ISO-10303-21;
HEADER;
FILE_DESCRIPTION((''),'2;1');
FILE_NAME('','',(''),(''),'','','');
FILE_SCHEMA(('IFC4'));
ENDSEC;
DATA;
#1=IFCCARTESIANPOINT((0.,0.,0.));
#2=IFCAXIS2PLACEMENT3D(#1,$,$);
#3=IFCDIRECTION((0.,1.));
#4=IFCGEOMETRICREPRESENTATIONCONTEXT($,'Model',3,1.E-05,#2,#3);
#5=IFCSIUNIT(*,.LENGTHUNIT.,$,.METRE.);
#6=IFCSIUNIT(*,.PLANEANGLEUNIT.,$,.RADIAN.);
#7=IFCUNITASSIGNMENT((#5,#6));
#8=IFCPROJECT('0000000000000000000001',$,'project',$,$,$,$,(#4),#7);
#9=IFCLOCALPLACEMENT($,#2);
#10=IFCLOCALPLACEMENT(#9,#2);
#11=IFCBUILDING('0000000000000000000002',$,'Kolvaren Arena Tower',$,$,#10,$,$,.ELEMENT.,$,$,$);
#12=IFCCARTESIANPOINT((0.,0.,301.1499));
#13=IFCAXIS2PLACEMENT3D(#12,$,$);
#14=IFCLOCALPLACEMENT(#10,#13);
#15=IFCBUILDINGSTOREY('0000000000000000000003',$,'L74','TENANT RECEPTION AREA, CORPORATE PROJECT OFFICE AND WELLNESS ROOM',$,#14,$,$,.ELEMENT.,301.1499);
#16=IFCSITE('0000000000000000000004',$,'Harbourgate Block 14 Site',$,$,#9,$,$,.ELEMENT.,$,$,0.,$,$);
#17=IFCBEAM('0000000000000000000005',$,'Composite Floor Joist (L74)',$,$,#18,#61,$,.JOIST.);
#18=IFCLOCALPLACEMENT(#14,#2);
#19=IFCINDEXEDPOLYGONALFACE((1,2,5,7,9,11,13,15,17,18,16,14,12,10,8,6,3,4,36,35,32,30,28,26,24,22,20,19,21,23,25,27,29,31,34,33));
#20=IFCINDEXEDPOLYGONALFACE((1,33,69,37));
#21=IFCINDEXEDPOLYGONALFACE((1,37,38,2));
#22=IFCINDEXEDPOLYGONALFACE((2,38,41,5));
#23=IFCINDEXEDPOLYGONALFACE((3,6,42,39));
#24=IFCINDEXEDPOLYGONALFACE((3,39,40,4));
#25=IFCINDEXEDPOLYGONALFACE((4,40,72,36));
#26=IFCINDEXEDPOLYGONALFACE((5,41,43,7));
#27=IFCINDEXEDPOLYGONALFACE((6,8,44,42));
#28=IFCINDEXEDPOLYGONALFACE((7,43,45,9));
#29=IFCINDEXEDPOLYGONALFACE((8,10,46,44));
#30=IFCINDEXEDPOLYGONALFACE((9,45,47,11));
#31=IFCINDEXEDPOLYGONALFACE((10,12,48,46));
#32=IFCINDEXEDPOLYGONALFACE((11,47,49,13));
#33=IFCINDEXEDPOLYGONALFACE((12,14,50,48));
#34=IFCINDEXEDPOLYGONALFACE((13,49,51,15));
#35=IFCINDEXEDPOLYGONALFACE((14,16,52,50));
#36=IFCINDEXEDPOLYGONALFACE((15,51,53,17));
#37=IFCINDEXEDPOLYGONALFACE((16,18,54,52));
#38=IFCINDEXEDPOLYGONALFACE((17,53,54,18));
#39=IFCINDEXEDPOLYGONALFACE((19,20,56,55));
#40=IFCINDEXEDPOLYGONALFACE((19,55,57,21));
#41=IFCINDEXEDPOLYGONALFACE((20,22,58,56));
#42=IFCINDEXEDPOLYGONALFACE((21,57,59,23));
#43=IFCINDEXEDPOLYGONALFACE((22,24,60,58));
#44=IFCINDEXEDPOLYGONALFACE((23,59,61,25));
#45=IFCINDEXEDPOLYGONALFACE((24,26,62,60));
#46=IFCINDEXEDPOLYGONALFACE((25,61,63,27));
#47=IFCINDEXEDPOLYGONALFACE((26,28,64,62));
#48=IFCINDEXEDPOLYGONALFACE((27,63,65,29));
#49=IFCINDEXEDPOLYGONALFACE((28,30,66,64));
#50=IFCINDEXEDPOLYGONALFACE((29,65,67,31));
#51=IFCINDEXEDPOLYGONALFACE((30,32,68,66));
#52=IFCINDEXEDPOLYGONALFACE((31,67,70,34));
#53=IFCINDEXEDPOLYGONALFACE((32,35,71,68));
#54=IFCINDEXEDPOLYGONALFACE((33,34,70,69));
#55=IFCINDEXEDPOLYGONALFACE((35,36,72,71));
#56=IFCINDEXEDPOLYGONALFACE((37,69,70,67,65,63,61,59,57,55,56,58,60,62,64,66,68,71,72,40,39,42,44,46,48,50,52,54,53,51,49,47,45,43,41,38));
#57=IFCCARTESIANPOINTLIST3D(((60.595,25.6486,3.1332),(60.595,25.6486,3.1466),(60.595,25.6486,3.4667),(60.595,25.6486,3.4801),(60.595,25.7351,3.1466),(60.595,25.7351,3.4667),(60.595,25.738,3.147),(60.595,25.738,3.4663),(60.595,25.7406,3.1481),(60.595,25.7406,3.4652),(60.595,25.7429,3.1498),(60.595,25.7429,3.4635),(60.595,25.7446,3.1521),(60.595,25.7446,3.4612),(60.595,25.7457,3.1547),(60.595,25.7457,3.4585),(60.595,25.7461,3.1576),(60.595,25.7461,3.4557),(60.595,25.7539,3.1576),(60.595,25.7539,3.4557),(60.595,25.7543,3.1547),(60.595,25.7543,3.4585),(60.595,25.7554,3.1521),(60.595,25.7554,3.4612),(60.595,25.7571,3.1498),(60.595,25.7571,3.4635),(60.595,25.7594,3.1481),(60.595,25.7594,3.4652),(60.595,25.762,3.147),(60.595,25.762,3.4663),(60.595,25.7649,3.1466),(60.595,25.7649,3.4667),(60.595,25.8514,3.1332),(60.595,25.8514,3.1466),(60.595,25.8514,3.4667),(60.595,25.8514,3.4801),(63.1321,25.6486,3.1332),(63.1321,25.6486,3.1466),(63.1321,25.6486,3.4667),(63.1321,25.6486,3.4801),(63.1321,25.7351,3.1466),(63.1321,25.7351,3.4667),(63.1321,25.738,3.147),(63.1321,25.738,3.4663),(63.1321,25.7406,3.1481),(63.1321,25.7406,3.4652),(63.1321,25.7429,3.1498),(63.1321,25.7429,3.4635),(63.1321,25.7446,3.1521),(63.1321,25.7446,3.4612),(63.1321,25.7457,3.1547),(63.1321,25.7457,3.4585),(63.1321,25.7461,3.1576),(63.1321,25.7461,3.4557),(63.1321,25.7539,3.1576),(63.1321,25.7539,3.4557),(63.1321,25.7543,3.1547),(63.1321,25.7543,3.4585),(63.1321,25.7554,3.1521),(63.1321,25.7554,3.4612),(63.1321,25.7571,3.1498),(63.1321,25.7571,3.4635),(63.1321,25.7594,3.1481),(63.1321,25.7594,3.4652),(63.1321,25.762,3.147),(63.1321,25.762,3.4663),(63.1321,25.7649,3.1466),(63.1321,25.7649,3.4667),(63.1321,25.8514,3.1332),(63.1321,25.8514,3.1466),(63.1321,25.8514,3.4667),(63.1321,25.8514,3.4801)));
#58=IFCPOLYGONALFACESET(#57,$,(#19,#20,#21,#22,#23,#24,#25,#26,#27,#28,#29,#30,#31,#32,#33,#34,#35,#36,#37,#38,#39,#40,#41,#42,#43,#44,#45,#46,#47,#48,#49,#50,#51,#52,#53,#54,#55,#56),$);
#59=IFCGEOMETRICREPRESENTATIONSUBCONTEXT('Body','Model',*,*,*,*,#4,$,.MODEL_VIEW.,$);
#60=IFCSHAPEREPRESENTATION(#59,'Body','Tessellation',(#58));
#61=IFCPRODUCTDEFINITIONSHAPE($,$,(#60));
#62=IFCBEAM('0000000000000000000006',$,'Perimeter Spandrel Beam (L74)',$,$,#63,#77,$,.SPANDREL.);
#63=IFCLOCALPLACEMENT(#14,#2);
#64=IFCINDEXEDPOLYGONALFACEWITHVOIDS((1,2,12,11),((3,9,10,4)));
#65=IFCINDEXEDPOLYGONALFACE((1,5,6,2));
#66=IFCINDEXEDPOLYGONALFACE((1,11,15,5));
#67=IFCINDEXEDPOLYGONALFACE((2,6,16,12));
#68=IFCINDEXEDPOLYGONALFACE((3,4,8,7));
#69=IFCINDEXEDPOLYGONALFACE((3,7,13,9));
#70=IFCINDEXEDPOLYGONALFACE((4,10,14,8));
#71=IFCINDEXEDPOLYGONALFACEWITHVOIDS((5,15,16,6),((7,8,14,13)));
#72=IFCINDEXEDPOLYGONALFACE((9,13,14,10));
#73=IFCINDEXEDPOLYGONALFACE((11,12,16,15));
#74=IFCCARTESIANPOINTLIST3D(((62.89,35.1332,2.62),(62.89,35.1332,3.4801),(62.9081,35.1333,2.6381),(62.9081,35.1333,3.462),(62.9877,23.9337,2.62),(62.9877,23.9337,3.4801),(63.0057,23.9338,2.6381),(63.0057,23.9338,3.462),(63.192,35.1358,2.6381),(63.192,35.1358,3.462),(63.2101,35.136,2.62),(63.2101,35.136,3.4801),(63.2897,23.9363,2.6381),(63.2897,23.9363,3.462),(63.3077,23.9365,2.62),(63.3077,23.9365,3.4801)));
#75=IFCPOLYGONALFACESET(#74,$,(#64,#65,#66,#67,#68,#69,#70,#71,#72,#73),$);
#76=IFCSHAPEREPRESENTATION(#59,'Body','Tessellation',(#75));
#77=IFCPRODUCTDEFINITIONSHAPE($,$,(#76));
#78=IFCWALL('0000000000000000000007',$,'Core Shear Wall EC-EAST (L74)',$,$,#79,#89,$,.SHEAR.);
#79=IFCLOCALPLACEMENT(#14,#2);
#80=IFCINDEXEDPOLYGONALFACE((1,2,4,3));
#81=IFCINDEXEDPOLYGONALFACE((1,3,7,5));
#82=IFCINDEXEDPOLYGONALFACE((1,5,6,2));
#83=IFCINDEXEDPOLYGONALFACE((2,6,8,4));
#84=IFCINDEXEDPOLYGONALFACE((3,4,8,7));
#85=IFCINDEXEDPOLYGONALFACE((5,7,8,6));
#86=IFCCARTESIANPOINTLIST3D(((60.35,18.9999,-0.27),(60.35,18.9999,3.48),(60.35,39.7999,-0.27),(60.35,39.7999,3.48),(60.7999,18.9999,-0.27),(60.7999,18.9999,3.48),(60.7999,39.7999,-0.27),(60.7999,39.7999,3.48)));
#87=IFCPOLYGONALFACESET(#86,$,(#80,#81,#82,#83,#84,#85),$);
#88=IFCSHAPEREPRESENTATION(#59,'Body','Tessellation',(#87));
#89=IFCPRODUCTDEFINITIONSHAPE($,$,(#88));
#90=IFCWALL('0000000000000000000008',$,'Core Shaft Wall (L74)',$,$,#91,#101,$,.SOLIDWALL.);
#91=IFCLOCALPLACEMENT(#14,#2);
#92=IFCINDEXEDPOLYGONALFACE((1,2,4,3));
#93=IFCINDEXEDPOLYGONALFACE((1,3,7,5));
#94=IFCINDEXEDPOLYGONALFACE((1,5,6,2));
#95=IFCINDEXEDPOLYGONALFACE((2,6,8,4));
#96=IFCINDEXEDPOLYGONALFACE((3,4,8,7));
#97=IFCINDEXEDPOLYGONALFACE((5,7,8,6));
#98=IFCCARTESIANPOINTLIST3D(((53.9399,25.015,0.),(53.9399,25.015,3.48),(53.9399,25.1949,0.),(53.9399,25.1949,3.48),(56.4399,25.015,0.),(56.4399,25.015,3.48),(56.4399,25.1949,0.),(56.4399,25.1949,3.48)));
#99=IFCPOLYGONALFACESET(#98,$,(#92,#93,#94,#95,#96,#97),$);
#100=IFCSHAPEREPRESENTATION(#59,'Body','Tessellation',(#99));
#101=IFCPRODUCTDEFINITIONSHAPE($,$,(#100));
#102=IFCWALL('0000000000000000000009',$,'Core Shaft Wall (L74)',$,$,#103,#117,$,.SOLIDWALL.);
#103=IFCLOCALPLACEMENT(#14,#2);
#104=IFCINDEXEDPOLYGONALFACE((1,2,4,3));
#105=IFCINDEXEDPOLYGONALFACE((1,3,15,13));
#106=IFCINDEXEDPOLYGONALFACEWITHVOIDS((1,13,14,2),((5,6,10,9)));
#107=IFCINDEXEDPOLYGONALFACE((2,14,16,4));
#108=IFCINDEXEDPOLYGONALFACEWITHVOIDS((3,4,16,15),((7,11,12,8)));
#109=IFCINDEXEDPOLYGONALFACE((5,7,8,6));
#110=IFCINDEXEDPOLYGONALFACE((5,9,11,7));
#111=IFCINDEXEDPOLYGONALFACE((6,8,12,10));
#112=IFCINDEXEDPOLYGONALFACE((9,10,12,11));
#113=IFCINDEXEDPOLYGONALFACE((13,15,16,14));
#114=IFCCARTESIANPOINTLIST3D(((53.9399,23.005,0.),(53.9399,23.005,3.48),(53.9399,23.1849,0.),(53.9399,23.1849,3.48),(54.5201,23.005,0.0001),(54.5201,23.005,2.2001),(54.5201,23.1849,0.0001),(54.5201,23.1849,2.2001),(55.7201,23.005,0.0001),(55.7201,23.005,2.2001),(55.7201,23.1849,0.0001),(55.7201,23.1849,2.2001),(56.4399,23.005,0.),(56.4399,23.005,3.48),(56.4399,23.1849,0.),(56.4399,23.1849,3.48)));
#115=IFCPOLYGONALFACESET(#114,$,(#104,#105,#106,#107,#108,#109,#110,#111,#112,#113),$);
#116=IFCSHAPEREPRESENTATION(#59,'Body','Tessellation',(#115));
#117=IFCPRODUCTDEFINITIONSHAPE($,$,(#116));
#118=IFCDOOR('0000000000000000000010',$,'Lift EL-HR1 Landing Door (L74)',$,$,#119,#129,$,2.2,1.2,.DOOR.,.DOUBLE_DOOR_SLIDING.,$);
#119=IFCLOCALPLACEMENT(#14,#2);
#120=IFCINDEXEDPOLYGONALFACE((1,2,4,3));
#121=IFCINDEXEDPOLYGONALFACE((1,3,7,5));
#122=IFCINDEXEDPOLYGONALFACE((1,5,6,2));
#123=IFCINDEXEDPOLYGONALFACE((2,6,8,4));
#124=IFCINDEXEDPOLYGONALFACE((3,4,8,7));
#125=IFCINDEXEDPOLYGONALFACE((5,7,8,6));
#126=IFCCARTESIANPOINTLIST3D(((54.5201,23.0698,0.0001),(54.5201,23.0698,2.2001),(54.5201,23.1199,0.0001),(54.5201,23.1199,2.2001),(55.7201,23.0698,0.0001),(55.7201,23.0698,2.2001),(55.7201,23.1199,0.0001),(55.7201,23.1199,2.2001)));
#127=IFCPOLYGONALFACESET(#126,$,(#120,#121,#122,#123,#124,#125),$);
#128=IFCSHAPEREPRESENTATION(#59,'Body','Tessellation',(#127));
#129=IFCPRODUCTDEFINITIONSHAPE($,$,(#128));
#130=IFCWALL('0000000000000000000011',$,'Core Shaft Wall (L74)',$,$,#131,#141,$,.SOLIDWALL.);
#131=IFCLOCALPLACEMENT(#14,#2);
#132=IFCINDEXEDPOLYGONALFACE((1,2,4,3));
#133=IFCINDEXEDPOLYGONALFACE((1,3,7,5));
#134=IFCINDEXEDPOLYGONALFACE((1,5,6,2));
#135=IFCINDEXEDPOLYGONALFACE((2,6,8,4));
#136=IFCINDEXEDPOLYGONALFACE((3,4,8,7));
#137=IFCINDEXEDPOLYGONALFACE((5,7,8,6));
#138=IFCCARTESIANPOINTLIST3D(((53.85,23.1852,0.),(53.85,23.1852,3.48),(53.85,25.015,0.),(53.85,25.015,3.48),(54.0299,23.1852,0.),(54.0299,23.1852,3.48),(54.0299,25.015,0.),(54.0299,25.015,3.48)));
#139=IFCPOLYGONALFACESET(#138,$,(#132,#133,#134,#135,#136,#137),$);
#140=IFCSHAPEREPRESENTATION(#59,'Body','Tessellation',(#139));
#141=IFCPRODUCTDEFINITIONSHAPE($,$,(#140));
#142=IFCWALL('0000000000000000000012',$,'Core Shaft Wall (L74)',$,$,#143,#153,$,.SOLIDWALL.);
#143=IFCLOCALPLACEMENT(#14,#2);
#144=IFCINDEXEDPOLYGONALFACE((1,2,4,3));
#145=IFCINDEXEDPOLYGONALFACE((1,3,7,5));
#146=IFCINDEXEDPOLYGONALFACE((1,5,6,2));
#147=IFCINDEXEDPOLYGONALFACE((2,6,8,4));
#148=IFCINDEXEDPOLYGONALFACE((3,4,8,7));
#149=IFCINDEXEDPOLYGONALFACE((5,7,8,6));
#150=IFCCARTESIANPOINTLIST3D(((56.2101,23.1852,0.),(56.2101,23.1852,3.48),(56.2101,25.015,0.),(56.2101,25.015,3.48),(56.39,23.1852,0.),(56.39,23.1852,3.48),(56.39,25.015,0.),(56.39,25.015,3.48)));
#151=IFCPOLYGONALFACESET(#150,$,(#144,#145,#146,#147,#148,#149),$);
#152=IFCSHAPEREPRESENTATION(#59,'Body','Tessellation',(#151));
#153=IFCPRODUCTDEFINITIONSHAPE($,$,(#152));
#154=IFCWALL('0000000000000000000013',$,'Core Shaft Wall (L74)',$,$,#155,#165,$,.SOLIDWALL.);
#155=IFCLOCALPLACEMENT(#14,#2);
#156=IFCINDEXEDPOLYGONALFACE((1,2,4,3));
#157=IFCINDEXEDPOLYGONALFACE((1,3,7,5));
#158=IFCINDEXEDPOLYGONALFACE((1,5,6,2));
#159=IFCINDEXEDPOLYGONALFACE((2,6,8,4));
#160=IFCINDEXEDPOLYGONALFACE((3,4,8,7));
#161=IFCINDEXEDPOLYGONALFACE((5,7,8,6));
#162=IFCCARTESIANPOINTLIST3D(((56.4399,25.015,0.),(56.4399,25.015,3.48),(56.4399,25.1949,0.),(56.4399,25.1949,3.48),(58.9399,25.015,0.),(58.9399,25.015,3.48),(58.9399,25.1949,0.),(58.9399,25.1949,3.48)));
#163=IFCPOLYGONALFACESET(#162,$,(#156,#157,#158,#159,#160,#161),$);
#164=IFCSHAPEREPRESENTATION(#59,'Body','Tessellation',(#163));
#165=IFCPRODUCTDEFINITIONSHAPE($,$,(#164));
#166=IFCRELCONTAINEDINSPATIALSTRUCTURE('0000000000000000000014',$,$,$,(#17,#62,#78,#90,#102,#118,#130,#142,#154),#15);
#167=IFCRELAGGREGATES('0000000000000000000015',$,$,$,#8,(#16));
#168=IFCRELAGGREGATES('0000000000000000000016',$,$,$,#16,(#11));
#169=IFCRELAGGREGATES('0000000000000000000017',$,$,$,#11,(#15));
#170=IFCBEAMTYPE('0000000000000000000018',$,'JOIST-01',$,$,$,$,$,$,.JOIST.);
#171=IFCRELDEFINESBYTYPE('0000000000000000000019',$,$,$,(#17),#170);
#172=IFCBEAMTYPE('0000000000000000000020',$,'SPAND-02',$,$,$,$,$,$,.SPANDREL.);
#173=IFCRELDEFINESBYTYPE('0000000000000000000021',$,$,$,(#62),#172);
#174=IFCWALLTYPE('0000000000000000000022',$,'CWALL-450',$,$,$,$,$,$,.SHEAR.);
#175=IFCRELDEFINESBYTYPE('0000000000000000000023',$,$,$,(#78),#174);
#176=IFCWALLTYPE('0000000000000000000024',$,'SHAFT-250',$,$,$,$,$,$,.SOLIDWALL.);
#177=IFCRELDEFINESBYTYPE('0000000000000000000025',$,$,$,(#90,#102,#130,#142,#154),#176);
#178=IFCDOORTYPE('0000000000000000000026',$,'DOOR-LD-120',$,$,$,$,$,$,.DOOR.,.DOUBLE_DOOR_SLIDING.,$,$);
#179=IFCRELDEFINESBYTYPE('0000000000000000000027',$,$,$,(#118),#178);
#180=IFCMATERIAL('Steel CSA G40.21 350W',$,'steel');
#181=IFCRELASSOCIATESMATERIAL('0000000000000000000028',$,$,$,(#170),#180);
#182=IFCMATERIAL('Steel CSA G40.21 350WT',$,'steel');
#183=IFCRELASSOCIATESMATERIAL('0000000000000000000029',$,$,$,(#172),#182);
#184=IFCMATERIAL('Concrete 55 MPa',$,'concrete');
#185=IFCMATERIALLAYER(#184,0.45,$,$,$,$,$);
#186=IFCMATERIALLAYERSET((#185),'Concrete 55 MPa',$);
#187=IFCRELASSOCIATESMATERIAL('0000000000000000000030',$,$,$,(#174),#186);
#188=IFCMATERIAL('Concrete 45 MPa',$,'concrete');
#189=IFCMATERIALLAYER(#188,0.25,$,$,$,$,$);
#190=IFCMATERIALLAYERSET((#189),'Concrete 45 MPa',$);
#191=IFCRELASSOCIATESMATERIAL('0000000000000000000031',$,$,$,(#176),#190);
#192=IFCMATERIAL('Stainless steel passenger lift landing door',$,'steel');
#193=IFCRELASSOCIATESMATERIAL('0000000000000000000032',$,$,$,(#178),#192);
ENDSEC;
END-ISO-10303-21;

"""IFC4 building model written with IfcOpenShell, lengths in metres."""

from ifc_helpers import new_model, si_unit, direction, frame, frame_2d, origin, origin_2d, place, context, subcontext, project, spatial, rectangle, hollow_rectangle, i_section, extrude, material, layer, layer_set, material_profile, profile_set, type_object, element, fill, save


model = new_model("IFC4")

# Units and contexts
model_context = context("Model", 3, precision=1e-05, world=origin(), true_north=direction((0.0, 1.0)))
body_context = subcontext(model_context, "Body", "Model", "MODEL_VIEW")
ifc_project = project(units=[si_unit("LENGTHUNIT", "METRE"), si_unit("PLANEANGLEUNIT", "RADIAN")], contexts=[model_context])

# Site, building, storey
site_placement = place(None, origin())
site = spatial("IfcSite", under=ifc_project, at=site_placement, Name="Harbourgate Block 14 Site", CompositionType="ELEMENT", RefElevation=0.0)
building_placement = place(site_placement, origin())
building = spatial("IfcBuilding", under=site, at=building_placement, Name="Kolvaren Arena Tower", CompositionType="ELEMENT")
storey_placement = place(building_placement, frame((0.0, 0.0, 301.1499)))
storey = spatial("IfcBuildingStorey", under=building, at=storey_placement, Name="L74", Description="TENANT RECEPTION AREA, CORPORATE PROJECT OFFICE AND WELLNESS ROOM", CompositionType="ELEMENT", Elevation=301.1499)

# Beams
ifc_material_1 = material(Name="Steel CSA G40.21 350W", Category="steel")
ifc_material_profile_1 = material_profile(ifc_material_1, i_section(OverallWidth=0.2029, OverallDepth=0.3469, WebThickness=0.0078, FlangeThickness=0.0134, FilletRadius=0.011, at=origin_2d()), Name="W360x64")
ifc_profile_set_1 = profile_set([ifc_material_profile_1], Name="Steel CSA G40.21 350W")
beam_type_1 = type_object("IfcBeamType", Name="JOIST-01", PredefinedType="JOIST", material=ifc_profile_set_1)
beam_1_placement = place(storey_placement, frame((60.595, 25.75, 3.3066), z_axis=(1.0, 0.0, 0.0), x_axis=(0.0, 1.0, 0.0)))
element("IfcBeam", 1, at=beam_1_placement, inside=storey, type_object=beam_type_1, Name="Composite Floor Joist (L74)", PredefinedType="JOIST", context=body_context, shape_type="SweptSolid", body=[
    extrude(i_section(OverallWidth=0.2029, OverallDepth=0.3469, WebThickness=0.0078, FlangeThickness=0.0134, FilletRadius=0.011, at=origin_2d()), origin(), (0.0, 0.0, 1.0), 2.5371),
])
ifc_material_2 = material(Name="Steel CSA G40.21 350WT", Category="steel")
ifc_material_profile_2 = material_profile(ifc_material_2, hollow_rectangle(XDim=0.3201, YDim=0.8601, WallThickness=0.0181, at=origin_2d()), Name="HSS 860x320x18")
ifc_profile_set_2 = profile_set([ifc_material_profile_2], Name="Steel CSA G40.21 350WT")
beam_type_2 = type_object("IfcBeamType", Name="SPAND-02", PredefinedType="SPANDREL", material=ifc_profile_set_2)
beam_2_placement = place(storey_placement, frame((63.1477, 23.9351, 3.05), z_axis=(-0.008719, 0.999962, 0.0), x_axis=(-0.999962, -0.008719, 0.0)))
element("IfcBeam", 2, at=beam_2_placement, inside=storey, type_object=beam_type_2, Name="Perimeter Spandrel Beam (L74)", PredefinedType="SPANDREL", context=body_context, shape_type="SweptSolid", body=[
    extrude(hollow_rectangle(XDim=0.3201, YDim=0.8601, WallThickness=0.0181, at=origin_2d()), origin(), (0.0, 0.0, 1.0), 11.2),
])

# Walls
ifc_material_3 = material(Name="Concrete 55 MPa", Category="concrete")
ifc_layer_1 = layer(ifc_material_3, 0.45)
ifc_layer_set_1 = layer_set([ifc_layer_1], Name="Concrete 55 MPa")
wall_type_1 = type_object("IfcWallType", Name="CWALL-450", PredefinedType="SHEAR", material=ifc_layer_set_1)
wall_1_placement = place(storey_placement, frame((60.575, 19.0, -0.27), z_axis=(0.0, 0.0, 1.0), x_axis=(0.0, 1.0, 0.0)))
element("IfcWall", 3, at=wall_1_placement, inside=storey, type_object=wall_type_1, Name="Core Shear Wall EC-EAST (L74)", PredefinedType="SHEAR", context=body_context, shape_type="SweptSolid", body=[
    extrude(rectangle(XDim=20.8, YDim=0.45, at=frame_2d((10.3999, 0.0))), origin(), (0.0, 0.0, 1.0), 3.75),
])
ifc_material_4 = material(Name="Concrete 45 MPa", Category="concrete")
ifc_layer_2 = layer(ifc_material_4, 0.25)
ifc_layer_set_2 = layer_set([ifc_layer_2], Name="Concrete 45 MPa")
wall_type_2 = type_object("IfcWallType", Name="SHAFT-250", PredefinedType="SOLIDWALL", material=ifc_layer_set_2)
wall_2_placement = place(storey_placement, frame((53.9399, 25.105, 0.0), z_axis=(0.0, 0.0, 1.0), x_axis=(1.0, 0.0, 0.0)))
element("IfcWall", 4, at=wall_2_placement, inside=storey, type_object=wall_type_2, Name="Core Shaft Wall (L74)", PredefinedType="SOLIDWALL", context=body_context, shape_type="SweptSolid", body=[
    extrude(rectangle(XDim=2.5, YDim=0.1799, at=frame_2d((1.25, 0.0))), origin(), (0.0, 0.0, 1.0), 3.48),
])

# Wall, opening, door
wall_3_placement = place(storey_placement, frame((53.9399, 23.095, 0.0), z_axis=(0.0, 0.0, 1.0), x_axis=(1.0, 0.0, 0.0)))
wall_3 = element("IfcWall", 5, at=wall_3_placement, inside=storey, type_object=wall_type_2, Name="Core Shaft Wall (L74)", PredefinedType="SOLIDWALL", context=body_context, shape_type="SweptSolid", body=[
    extrude(rectangle(XDim=2.5, YDim=0.1799, at=frame_2d((1.25, 0.0))), origin(), (0.0, 0.0, 1.0), 3.48),
])
opening_1_placement = place(wall_3_placement, frame((0.5801, 0.0, 0.0)))
opening_1 = element("IfcOpeningElement", 6, at=opening_1_placement, cuts=wall_3, PredefinedType="OPENING", context=body_context, shape_type="SweptSolid", body=[
    extrude(rectangle(XDim=1.2, YDim=2.2, at=frame_2d((0.6001, 1.1001))), frame((0.0, 0.0999, 0.0), z_axis=(0.0, -1.0, 0.0), x_axis=(1.0, 0.0, 0.0)), (0.0, 0.0, 1.0), 0.2),
])
ifc_material_5 = material(Name="Stainless steel passenger lift landing door", Category="steel")
door_type = type_object("IfcDoorType", Name="DOOR-LD-120", OperationType="DOUBLE_DOOR_SLIDING", PredefinedType="DOOR", material=ifc_material_5)
door_1_placement = place(opening_1_placement, origin())
door_1 = element("IfcDoor", 7, at=door_1_placement, inside=storey, type_object=door_type, Name="Lift EL-HR1 Landing Door (L74)", OperationType="DOUBLE_DOOR_SLIDING", OverallHeight=2.2, OverallWidth=1.2, PredefinedType="DOOR", context=body_context, shape_type="SweptSolid", body=[
    extrude(rectangle(XDim=1.2, YDim=2.2, at=frame_2d((0.6001, 1.1001))), frame((0.0, 0.0249, 0.0), z_axis=(0.0, -1.0, 0.0), x_axis=(1.0, 0.0, 0.0)), (0.0, 0.0, 1.0), 0.05),
])
fill(opening_1, door_1)

# Walls
for number, where, z_axis, x_axis, name in (
    (8, (53.9399, 23.1851, 0.0), (0.0, 0.0, 1.0), (0.0, 1.0, 0.0), "Core Shaft Wall (L74)"),
    (9, (56.3, 23.1851, 0.0), (0.0, 0.0, 1.0), (0.0, 1.0, 0.0), "Core Shaft Wall (L74)"),
):
    element("IfcWall", number, at=place(storey_placement, frame(where, z_axis=z_axis, x_axis=x_axis)), inside=storey, type_object=wall_type_2, Name=name, PredefinedType="SOLIDWALL", context=body_context, shape_type="SweptSolid", body=[
        extrude(rectangle(XDim=1.8298, YDim=0.1799, at=frame_2d((0.915, 0.0))), origin(), (0.0, 0.0, 1.0), 3.48),
    ])
wall_4_placement = place(storey_placement, frame((56.4399, 25.105, 0.0), z_axis=(0.0, 0.0, 1.0), x_axis=(1.0, 0.0, 0.0)))
element("IfcWall", 10, at=wall_4_placement, inside=storey, type_object=wall_type_2, Name="Core Shaft Wall (L74)", PredefinedType="SOLIDWALL", context=body_context, shape_type="SweptSolid", body=[
    extrude(rectangle(XDim=2.5, YDim=0.1799, at=frame_2d((1.25, 0.0))), origin(), (0.0, 0.0, 1.0), 3.48),
])

save(model, "model.ifc")
